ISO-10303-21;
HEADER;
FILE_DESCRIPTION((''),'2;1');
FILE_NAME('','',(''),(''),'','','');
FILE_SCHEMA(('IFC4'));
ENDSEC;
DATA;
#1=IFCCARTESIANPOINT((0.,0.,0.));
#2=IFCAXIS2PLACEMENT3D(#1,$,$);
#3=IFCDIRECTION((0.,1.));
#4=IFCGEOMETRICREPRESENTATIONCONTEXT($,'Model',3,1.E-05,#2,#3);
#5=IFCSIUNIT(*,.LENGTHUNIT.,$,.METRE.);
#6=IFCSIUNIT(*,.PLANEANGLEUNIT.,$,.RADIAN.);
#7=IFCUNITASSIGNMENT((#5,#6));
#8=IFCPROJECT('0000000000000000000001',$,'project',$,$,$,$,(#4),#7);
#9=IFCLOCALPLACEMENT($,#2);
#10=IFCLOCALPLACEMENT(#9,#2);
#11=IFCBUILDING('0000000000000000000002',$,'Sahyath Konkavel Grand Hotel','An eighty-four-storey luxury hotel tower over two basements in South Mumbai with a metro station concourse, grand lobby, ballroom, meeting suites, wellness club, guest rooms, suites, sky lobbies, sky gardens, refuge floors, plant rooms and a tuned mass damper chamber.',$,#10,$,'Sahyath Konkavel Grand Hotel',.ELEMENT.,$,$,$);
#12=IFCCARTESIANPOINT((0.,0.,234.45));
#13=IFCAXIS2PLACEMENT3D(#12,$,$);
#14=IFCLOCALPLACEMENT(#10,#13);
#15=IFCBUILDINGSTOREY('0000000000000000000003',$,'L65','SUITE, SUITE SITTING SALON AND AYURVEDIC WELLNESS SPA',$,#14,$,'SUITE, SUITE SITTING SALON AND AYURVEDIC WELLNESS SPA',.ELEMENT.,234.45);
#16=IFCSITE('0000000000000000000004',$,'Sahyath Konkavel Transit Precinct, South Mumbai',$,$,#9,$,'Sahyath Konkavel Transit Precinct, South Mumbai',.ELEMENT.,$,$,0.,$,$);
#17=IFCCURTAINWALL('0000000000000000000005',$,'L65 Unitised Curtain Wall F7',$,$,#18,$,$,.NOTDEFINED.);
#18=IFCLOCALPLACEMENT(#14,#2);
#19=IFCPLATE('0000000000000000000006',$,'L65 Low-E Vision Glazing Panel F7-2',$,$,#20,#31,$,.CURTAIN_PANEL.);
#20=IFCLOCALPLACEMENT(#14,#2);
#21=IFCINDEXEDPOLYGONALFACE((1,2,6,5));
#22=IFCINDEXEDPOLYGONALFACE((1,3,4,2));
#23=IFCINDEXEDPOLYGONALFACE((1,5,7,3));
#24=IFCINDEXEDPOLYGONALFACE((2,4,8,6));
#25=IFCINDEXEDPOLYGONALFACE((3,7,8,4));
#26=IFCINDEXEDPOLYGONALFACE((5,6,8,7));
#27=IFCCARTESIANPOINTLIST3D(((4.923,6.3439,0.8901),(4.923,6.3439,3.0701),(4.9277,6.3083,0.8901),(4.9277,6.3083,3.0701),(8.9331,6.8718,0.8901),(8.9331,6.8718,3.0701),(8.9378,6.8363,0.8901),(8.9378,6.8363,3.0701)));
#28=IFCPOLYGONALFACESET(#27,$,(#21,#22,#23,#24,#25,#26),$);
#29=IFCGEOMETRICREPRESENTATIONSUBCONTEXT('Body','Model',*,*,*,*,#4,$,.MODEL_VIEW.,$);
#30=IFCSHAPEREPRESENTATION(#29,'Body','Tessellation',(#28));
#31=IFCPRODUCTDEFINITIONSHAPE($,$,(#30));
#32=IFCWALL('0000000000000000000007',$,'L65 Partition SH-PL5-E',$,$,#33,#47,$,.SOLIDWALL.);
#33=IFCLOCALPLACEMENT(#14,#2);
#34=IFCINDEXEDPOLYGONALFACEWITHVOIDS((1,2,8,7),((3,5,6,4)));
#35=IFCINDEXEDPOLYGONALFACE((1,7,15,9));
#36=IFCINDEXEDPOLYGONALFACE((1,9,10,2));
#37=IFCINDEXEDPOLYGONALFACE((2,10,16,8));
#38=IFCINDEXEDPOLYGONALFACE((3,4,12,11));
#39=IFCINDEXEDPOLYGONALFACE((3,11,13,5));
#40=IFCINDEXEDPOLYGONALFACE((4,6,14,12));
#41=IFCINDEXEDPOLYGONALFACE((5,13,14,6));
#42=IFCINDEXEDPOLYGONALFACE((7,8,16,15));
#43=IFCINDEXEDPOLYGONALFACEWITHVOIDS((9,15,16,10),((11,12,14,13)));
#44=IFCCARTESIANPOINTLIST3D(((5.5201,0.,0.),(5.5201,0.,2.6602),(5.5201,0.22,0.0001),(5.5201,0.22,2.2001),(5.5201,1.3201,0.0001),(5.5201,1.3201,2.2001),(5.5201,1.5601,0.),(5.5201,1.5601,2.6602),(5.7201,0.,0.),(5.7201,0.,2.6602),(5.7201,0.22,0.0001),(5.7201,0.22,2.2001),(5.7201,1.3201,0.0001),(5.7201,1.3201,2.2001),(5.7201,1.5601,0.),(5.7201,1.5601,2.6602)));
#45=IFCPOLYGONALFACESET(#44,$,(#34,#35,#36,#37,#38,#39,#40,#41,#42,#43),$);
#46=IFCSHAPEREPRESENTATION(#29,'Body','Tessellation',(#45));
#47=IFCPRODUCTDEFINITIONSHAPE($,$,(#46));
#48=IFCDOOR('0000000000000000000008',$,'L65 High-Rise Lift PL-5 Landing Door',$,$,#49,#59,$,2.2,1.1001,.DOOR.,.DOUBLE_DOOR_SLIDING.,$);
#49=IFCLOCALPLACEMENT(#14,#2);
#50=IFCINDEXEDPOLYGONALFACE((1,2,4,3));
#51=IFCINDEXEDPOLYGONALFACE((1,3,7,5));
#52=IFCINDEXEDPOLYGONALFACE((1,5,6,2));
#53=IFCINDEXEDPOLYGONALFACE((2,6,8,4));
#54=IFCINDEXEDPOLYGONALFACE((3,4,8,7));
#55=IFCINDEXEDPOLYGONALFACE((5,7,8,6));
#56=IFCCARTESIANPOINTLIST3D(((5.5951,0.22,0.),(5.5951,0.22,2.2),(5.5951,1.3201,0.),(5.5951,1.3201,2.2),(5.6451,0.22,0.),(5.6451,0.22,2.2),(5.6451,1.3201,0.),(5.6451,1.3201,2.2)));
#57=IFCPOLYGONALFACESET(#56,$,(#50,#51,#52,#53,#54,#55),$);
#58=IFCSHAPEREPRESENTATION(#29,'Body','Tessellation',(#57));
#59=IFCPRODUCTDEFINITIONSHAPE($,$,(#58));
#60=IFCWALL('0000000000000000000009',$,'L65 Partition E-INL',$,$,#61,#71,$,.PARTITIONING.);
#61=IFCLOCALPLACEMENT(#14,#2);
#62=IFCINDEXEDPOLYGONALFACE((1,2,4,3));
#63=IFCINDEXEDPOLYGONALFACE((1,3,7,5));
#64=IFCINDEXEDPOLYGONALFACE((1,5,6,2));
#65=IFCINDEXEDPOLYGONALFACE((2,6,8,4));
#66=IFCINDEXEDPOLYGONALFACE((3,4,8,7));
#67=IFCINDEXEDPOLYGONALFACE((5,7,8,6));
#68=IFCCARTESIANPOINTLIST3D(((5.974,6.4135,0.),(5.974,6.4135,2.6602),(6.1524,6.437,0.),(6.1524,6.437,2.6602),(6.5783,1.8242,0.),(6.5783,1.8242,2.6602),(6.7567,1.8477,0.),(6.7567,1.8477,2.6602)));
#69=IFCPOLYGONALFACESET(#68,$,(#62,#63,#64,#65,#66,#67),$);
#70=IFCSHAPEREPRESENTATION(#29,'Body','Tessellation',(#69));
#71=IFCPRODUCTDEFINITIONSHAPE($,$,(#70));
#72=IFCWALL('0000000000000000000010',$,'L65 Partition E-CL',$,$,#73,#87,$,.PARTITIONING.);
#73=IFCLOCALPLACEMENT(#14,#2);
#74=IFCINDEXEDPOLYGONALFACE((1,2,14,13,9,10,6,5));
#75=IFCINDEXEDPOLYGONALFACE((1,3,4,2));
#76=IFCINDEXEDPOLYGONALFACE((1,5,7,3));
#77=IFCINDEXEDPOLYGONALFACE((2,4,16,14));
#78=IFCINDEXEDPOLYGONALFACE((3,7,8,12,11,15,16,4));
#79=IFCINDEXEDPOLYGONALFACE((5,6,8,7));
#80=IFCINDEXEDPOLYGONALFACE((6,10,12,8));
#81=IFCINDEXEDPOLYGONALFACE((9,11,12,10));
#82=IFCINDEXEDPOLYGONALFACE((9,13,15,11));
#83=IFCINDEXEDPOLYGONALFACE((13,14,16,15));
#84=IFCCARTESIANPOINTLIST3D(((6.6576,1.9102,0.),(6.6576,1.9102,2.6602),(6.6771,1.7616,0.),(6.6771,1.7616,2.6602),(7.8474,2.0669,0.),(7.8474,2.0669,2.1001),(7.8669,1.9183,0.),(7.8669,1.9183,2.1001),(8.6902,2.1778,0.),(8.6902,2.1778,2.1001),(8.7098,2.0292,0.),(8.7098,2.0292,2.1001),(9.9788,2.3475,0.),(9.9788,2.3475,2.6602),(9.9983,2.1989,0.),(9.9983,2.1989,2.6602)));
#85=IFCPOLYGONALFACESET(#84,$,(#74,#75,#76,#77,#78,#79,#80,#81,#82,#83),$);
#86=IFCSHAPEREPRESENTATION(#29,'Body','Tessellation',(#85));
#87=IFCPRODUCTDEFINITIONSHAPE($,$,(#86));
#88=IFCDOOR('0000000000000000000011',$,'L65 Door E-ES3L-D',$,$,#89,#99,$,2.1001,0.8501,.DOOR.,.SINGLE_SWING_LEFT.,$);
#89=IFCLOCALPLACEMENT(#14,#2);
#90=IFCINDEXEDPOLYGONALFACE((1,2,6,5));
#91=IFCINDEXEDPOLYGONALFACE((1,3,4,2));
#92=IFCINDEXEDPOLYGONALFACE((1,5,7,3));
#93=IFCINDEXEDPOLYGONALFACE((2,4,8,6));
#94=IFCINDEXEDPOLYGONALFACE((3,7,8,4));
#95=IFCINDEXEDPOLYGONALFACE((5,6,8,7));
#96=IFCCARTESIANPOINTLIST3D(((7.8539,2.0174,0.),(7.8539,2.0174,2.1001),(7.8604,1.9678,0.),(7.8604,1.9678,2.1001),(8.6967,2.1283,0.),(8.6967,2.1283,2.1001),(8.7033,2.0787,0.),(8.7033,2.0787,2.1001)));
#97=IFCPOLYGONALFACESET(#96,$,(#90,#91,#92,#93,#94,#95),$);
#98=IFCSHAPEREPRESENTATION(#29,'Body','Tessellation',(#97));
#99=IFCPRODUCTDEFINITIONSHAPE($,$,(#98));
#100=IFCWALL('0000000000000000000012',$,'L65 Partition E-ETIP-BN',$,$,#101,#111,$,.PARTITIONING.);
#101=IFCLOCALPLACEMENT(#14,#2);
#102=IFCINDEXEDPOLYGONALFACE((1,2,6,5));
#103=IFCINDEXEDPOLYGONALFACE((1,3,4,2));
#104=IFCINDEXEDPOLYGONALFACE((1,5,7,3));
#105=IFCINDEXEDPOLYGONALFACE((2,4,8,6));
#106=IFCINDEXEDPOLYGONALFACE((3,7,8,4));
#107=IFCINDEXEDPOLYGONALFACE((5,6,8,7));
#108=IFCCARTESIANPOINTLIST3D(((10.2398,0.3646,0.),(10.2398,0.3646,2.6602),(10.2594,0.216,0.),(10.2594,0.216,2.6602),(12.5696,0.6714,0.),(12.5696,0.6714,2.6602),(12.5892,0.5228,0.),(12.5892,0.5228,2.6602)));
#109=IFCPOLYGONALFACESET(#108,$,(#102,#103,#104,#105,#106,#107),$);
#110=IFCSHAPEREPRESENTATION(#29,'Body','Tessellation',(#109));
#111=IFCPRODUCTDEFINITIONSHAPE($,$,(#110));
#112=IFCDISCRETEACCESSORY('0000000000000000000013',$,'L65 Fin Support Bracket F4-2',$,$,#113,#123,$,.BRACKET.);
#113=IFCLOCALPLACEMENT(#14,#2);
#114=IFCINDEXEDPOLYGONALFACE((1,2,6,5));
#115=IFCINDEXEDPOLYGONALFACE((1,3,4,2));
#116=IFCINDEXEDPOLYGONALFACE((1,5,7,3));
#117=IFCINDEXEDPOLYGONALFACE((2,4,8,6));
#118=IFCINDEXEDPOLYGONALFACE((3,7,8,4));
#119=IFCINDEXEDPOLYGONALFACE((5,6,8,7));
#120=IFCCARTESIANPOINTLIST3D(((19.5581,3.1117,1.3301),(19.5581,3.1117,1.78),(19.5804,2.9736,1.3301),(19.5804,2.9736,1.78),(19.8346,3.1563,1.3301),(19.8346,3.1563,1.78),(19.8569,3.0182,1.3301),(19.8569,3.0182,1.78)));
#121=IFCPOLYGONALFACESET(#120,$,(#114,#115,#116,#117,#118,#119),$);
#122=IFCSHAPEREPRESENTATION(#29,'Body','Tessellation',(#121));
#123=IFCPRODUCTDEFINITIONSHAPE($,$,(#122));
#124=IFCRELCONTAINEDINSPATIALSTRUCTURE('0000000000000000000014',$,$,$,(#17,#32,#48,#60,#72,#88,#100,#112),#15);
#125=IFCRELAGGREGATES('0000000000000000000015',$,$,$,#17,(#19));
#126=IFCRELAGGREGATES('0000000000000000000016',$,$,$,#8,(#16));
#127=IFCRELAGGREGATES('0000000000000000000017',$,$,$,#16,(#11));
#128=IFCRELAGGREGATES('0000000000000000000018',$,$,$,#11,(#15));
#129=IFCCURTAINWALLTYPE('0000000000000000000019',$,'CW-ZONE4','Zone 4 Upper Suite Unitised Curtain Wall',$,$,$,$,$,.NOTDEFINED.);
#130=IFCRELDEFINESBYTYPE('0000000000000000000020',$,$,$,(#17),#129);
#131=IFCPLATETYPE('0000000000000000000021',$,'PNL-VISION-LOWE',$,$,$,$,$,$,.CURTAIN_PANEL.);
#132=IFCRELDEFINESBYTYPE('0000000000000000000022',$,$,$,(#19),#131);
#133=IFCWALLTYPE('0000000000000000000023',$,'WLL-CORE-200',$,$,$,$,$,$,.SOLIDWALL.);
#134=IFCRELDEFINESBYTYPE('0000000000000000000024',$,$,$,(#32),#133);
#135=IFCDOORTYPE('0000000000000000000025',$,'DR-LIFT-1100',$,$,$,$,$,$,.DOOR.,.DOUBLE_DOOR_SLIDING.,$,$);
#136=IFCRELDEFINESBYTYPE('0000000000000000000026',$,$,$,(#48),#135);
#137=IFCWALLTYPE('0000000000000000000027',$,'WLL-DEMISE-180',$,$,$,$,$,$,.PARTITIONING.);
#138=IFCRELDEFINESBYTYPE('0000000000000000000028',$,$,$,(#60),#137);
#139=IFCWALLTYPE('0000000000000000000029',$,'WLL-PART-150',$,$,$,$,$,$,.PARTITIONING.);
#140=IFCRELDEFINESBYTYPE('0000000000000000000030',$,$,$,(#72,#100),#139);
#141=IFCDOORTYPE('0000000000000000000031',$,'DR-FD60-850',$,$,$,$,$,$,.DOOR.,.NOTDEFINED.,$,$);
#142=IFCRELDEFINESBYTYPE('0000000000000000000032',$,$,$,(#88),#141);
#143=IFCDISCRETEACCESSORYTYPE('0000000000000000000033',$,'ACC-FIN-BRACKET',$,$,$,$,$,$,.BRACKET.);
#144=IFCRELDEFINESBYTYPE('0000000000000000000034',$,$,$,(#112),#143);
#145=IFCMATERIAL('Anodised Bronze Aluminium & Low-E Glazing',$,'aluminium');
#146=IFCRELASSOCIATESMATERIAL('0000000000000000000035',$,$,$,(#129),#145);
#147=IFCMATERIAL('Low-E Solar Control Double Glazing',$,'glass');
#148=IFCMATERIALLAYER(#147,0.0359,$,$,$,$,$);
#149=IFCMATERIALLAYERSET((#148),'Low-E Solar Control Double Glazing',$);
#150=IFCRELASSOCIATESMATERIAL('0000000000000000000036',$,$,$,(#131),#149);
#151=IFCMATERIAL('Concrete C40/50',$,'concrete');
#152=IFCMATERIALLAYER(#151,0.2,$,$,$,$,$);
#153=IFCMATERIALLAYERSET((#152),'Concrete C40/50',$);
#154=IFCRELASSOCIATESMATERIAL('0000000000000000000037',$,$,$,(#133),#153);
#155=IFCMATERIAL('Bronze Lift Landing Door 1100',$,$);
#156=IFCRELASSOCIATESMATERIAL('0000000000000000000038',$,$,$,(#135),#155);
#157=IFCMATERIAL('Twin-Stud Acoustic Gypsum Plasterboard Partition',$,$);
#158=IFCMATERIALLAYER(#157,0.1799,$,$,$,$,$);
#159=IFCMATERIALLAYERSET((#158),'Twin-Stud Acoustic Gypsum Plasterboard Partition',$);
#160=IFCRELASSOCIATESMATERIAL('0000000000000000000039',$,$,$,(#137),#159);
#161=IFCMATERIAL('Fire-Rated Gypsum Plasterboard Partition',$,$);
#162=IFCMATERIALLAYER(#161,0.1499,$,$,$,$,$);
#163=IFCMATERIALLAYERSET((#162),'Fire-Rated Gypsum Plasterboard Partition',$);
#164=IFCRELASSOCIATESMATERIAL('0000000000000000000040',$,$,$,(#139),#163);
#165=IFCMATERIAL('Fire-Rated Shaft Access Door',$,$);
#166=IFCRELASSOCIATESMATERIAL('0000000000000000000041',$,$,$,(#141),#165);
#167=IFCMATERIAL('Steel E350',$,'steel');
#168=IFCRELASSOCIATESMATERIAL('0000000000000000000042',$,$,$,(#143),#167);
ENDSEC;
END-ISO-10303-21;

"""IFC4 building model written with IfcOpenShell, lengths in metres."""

from ifc_helpers import new_model, si_unit, direction, frame, frame_2d, origin, origin_2d, place, context, subcontext, project, spatial, rectangle, extrude, source, transform, mapped, material, layer, layer_set, type_object, element, fill, aggregate, save


model = new_model("IFC4")

# Units and contexts
model_context = context("Model", 3, precision=1e-05, world=origin(), true_north=direction((0.0, 1.0)))
body_context = subcontext(model_context, "Body", "Model", "MODEL_VIEW")
ifc_project = project(units=[si_unit("LENGTHUNIT", "METRE"), si_unit("PLANEANGLEUNIT", "RADIAN")], contexts=[model_context])

# Site, building, storey
site_placement = place(None, origin())
site = spatial("IfcSite", under=ifc_project, at=site_placement, Name="Sahyath Konkavel Transit Precinct, South Mumbai", LongName="Sahyath Konkavel Transit Precinct, South Mumbai", CompositionType="ELEMENT", RefElevation=0.0)
building_placement = place(site_placement, origin())
building = spatial("IfcBuilding", under=site, at=building_placement, Name="Sahyath Konkavel Grand Hotel", Description="An eighty-four-storey luxury hotel tower over two basements in South Mumbai with a metro station concourse, grand lobby, ballroom, meeting suites, wellness club, guest rooms, suites, sky lobbies, sky gardens, refuge floors, plant rooms and a tuned mass damper chamber.", LongName="Sahyath Konkavel Grand Hotel", CompositionType="ELEMENT")
storey_placement = place(building_placement, frame((0.0, 0.0, 234.45)))
storey = spatial("IfcBuildingStorey", under=building, at=storey_placement, Name="L65", Description="SUITE, SUITE SITTING SALON AND AYURVEDIC WELLNESS SPA", LongName="SUITE, SUITE SITTING SALON AND AYURVEDIC WELLNESS SPA", CompositionType="ELEMENT", Elevation=234.45)

# Shared definitions
ifc_material_1 = material(Name="Concrete C40/50", Category="concrete")

# Shared definitions
ifc_material_2 = material(Name="Steel E350", Category="steel")

# Shared definitions
ifc_material_3 = material(Name="Anodised Bronze Aluminium & Low-E Glazing", Category="aluminium")
curtain_wall_type = type_object("IfcCurtainWallType", Name="CW-ZONE4", Description="Zone 4 Upper Suite Unitised Curtain Wall", PredefinedType="NOTDEFINED", material=ifc_material_3)

# Curtain wall
curtain_wall_1_placement = place(storey_placement, origin())
curtain_wall_1 = element("IfcCurtainWall", 1, at=curtain_wall_1_placement, inside=storey, type_object=curtain_wall_type, Name="L65 Unitised Curtain Wall F7", PredefinedType="NOTDEFINED")

# Plate
ifc_material_4 = material(Name="Low-E Solar Control Double Glazing", Category="glass")
ifc_layer_1 = layer(ifc_material_4, 0.0359)
ifc_layer_set_1 = layer_set([ifc_layer_1], Name="Low-E Solar Control Double Glazing")
plate_type_1 = type_object("IfcPlateType", Name="PNL-VISION-LOWE", PredefinedType="CURTAIN_PANEL", material=ifc_layer_set_1)
shared_shape_1 = source(origin(), body_context, "Body", "SweptSolid", [
    extrude(rectangle(XDim=4.0447, YDim=0.0359, at=origin_2d()), origin(), (0.0, 0.0, 1.0), 2.1799),
])
plate_1_placement = place(storey_placement, frame((6.9304, 6.5901, 0.8901), z_axis=(0.0, 0.0, 1.0), x_axis=(-0.991445, -0.130526, 0.0)))
plate_1 = element("IfcPlate", 2, at=plate_1_placement, type_object=plate_type_1, Name="L65 Low-E Vision Glazing Panel F7-2", PredefinedType="CURTAIN_PANEL", context=body_context, shape_type="MappedRepresentation", body=[
    mapped(shared_shape_1, transform((0.0, 0.0, 0.0), scale=1.0)),
])
aggregate(curtain_wall_1, [plate_1])

# Wall, opening, door
ifc_layer_2 = layer(ifc_material_1, 0.2)
ifc_layer_set_2 = layer_set([ifc_layer_2], Name="Concrete C40/50")
wall_type_1 = type_object("IfcWallType", Name="WLL-CORE-200", PredefinedType="SOLIDWALL", material=ifc_layer_set_2)
wall_1_placement = place(storey_placement, frame((5.6201, 0.0, 0.0), z_axis=(0.0, 0.0, 1.0), x_axis=(0.0, 1.0, 0.0)))
wall_1 = element("IfcWall", 3, at=wall_1_placement, inside=storey, type_object=wall_type_1, Name="L65 Partition SH-PL5-E", PredefinedType="SOLIDWALL", context=body_context, shape_type="SweptSolid", body=[
    extrude(rectangle(XDim=1.5601, YDim=0.2, at=frame_2d((0.78, 0.0))), origin(), (0.0, 0.0, 1.0), 2.6602),
])
opening_1_placement = place(wall_1_placement, frame((0.22, 0.0, 0.0)))
opening_1 = element("IfcOpeningElement", 4, at=opening_1_placement, cuts=wall_1, PredefinedType="OPENING", context=body_context, shape_type="SweptSolid", body=[
    extrude(rectangle(XDim=1.1001, YDim=2.2, at=frame_2d((0.55, 1.1001))), frame((0.0, 0.1099, 0.0), z_axis=(0.0, -1.0, 0.0), x_axis=(1.0, 0.0, 0.0)), (0.0, 0.0, 1.0), 0.22),
])
ifc_material_5 = material(Name="Bronze Lift Landing Door 1100")
door_type_1 = type_object("IfcDoorType", Name="DR-LIFT-1100", OperationType="DOUBLE_DOOR_SLIDING", PredefinedType="DOOR", material=ifc_material_5)
shared_shape_2 = source(origin(), body_context, "Body", "SweptSolid", [
    extrude(rectangle(XDim=1.1001, YDim=0.05, at=origin_2d()), origin(), (0.0, 0.0, 1.0), 2.2),
])
door_1_placement = place(opening_1_placement, frame((0.55, 0.0, 0.0)))
door_1 = element("IfcDoor", 5, at=door_1_placement, inside=storey, type_object=door_type_1, Name="L65 High-Rise Lift PL-5 Landing Door", OperationType="DOUBLE_DOOR_SLIDING", OverallHeight=2.2, OverallWidth=1.1001, PredefinedType="DOOR", context=body_context, shape_type="MappedRepresentation", body=[
    mapped(shared_shape_2, transform((0.0, 0.0, 0.0), scale=1.0)),
])
fill(opening_1, door_1)

# Wall
ifc_material_6 = material(Name="Twin-Stud Acoustic Gypsum Plasterboard Partition")
ifc_layer_3 = layer(ifc_material_6, 0.1799)
ifc_layer_set_3 = layer_set([ifc_layer_3], Name="Twin-Stud Acoustic Gypsum Plasterboard Partition")
wall_type_2 = type_object("IfcWallType", Name="WLL-DEMISE-180", PredefinedType="PARTITIONING", material=ifc_layer_set_3)
wall_2_placement = place(storey_placement, frame((6.6675, 1.8359, 0.0), z_axis=(0.0, 0.0, 1.0), x_axis=(-0.130536, 0.991444, 0.0)))
element("IfcWall", 6, at=wall_2_placement, inside=storey, type_object=wall_type_2, Name="L65 Partition E-INL", PredefinedType="PARTITIONING", context=body_context, shape_type="SweptSolid", body=[
    extrude(rectangle(XDim=4.6289, YDim=0.1799, at=frame_2d((2.3145, 0.0))), origin(), (0.0, 0.0, 1.0), 2.6602),
])

# Wall, opening, door
ifc_material_7 = material(Name="Fire-Rated Gypsum Plasterboard Partition")
ifc_layer_4 = layer(ifc_material_7, 0.1499)
ifc_layer_set_4 = layer_set([ifc_layer_4], Name="Fire-Rated Gypsum Plasterboard Partition")
wall_type_3 = type_object("IfcWallType", Name="WLL-PART-150", PredefinedType="PARTITIONING", material=ifc_layer_set_4)
wall_3_placement = place(storey_placement, frame((6.6675, 1.8359, 0.0), z_axis=(0.0, 0.0, 1.0), x_axis=(0.991445, 0.130526, 0.0)))
wall_3 = element("IfcWall", 7, at=wall_3_placement, inside=storey, type_object=wall_type_3, Name="L65 Partition E-CL", PredefinedType="PARTITIONING", context=body_context, shape_type="SweptSolid", body=[
    extrude(rectangle(XDim=3.3499, YDim=0.1499, at=frame_2d((1.6748, 0.0))), origin(), (0.0, 0.0, 1.0), 2.6602),
])
opening_2_placement = place(wall_3_placement, frame((1.2, 0.0, 0.0)))
opening_2 = element("IfcOpeningElement", 8, at=opening_2_placement, cuts=wall_3, PredefinedType="OPENING", context=body_context, shape_type="SweptSolid", body=[
    extrude(rectangle(XDim=0.8501, YDim=2.1001, at=frame_2d((0.425, 1.05))), frame((0.0, 0.085, 0.0), z_axis=(0.0, -1.0, 0.0), x_axis=(1.0, 0.0, 0.0)), (0.0, 0.0, 1.0), 0.1699),
])
ifc_material_8 = material(Name="Fire-Rated Shaft Access Door")
door_type_2 = type_object("IfcDoorType", Name="DR-FD60-850", OperationType="NOTDEFINED", PredefinedType="DOOR", material=ifc_material_8)
shared_shape_3 = source(origin(), body_context, "Body", "SweptSolid", [
    extrude(rectangle(XDim=0.8501, YDim=0.05, at=origin_2d()), origin(), (0.0, 0.0, 1.0), 2.1001),
])
door_2_placement = place(opening_2_placement, frame((0.425, 0.0, 0.0)))
door_2 = element("IfcDoor", 9, at=door_2_placement, inside=storey, type_object=door_type_2, Name="L65 Door E-ES3L-D", OperationType="SINGLE_SWING_LEFT", OverallHeight=2.1001, OverallWidth=0.8501, PredefinedType="DOOR", context=body_context, shape_type="MappedRepresentation", body=[
    mapped(shared_shape_3, transform((0.0, 0.0, 0.0), scale=1.0)),
])
fill(opening_2, door_2)

# Wall
wall_4_placement = place(storey_placement, frame((10.2498, 0.2903, 0.0), z_axis=(0.0, 0.0, 1.0), x_axis=(0.991436, 0.130592, 0.0)))
element("IfcWall", 10, at=wall_4_placement, inside=storey, type_object=wall_type_3, Name="L65 Partition E-ETIP-BN", PredefinedType="PARTITIONING", context=body_context, shape_type="SweptSolid", body=[
    extrude(rectangle(XDim=2.3499, YDim=0.1499, at=frame_2d((1.1748, 0.0))), origin(), (0.0, 0.0, 1.0), 2.6602),
])

# Discrete accessory
discrete_accessory_type = type_object("IfcDiscreteAccessoryType", Name="ACC-FIN-BRACKET", PredefinedType="BRACKET", material=ifc_material_2)
shared_shape_4 = source(origin(), body_context, "Body", "SweptSolid", [
    extrude(rectangle(XDim=0.28, YDim=0.1399, at=origin_2d()), origin(), (0.0, 0.0, 1.0), 0.45),
])
discrete_accessory_placement = place(storey_placement, frame((19.7075, 3.0649, 1.3301), z_axis=(0.0, 0.0, 1.0), x_axis=(0.987209, 0.159433, 0.0)))
element("IfcDiscreteAccessory", 11, at=discrete_accessory_placement, inside=storey, type_object=discrete_accessory_type, Name="L65 Fin Support Bracket F4-2", PredefinedType="BRACKET", context=body_context, shape_type="MappedRepresentation", body=[
    mapped(shared_shape_4, transform((0.0, 0.0, 0.0), scale=1.0)),
])

save(model, "model.ifc")
